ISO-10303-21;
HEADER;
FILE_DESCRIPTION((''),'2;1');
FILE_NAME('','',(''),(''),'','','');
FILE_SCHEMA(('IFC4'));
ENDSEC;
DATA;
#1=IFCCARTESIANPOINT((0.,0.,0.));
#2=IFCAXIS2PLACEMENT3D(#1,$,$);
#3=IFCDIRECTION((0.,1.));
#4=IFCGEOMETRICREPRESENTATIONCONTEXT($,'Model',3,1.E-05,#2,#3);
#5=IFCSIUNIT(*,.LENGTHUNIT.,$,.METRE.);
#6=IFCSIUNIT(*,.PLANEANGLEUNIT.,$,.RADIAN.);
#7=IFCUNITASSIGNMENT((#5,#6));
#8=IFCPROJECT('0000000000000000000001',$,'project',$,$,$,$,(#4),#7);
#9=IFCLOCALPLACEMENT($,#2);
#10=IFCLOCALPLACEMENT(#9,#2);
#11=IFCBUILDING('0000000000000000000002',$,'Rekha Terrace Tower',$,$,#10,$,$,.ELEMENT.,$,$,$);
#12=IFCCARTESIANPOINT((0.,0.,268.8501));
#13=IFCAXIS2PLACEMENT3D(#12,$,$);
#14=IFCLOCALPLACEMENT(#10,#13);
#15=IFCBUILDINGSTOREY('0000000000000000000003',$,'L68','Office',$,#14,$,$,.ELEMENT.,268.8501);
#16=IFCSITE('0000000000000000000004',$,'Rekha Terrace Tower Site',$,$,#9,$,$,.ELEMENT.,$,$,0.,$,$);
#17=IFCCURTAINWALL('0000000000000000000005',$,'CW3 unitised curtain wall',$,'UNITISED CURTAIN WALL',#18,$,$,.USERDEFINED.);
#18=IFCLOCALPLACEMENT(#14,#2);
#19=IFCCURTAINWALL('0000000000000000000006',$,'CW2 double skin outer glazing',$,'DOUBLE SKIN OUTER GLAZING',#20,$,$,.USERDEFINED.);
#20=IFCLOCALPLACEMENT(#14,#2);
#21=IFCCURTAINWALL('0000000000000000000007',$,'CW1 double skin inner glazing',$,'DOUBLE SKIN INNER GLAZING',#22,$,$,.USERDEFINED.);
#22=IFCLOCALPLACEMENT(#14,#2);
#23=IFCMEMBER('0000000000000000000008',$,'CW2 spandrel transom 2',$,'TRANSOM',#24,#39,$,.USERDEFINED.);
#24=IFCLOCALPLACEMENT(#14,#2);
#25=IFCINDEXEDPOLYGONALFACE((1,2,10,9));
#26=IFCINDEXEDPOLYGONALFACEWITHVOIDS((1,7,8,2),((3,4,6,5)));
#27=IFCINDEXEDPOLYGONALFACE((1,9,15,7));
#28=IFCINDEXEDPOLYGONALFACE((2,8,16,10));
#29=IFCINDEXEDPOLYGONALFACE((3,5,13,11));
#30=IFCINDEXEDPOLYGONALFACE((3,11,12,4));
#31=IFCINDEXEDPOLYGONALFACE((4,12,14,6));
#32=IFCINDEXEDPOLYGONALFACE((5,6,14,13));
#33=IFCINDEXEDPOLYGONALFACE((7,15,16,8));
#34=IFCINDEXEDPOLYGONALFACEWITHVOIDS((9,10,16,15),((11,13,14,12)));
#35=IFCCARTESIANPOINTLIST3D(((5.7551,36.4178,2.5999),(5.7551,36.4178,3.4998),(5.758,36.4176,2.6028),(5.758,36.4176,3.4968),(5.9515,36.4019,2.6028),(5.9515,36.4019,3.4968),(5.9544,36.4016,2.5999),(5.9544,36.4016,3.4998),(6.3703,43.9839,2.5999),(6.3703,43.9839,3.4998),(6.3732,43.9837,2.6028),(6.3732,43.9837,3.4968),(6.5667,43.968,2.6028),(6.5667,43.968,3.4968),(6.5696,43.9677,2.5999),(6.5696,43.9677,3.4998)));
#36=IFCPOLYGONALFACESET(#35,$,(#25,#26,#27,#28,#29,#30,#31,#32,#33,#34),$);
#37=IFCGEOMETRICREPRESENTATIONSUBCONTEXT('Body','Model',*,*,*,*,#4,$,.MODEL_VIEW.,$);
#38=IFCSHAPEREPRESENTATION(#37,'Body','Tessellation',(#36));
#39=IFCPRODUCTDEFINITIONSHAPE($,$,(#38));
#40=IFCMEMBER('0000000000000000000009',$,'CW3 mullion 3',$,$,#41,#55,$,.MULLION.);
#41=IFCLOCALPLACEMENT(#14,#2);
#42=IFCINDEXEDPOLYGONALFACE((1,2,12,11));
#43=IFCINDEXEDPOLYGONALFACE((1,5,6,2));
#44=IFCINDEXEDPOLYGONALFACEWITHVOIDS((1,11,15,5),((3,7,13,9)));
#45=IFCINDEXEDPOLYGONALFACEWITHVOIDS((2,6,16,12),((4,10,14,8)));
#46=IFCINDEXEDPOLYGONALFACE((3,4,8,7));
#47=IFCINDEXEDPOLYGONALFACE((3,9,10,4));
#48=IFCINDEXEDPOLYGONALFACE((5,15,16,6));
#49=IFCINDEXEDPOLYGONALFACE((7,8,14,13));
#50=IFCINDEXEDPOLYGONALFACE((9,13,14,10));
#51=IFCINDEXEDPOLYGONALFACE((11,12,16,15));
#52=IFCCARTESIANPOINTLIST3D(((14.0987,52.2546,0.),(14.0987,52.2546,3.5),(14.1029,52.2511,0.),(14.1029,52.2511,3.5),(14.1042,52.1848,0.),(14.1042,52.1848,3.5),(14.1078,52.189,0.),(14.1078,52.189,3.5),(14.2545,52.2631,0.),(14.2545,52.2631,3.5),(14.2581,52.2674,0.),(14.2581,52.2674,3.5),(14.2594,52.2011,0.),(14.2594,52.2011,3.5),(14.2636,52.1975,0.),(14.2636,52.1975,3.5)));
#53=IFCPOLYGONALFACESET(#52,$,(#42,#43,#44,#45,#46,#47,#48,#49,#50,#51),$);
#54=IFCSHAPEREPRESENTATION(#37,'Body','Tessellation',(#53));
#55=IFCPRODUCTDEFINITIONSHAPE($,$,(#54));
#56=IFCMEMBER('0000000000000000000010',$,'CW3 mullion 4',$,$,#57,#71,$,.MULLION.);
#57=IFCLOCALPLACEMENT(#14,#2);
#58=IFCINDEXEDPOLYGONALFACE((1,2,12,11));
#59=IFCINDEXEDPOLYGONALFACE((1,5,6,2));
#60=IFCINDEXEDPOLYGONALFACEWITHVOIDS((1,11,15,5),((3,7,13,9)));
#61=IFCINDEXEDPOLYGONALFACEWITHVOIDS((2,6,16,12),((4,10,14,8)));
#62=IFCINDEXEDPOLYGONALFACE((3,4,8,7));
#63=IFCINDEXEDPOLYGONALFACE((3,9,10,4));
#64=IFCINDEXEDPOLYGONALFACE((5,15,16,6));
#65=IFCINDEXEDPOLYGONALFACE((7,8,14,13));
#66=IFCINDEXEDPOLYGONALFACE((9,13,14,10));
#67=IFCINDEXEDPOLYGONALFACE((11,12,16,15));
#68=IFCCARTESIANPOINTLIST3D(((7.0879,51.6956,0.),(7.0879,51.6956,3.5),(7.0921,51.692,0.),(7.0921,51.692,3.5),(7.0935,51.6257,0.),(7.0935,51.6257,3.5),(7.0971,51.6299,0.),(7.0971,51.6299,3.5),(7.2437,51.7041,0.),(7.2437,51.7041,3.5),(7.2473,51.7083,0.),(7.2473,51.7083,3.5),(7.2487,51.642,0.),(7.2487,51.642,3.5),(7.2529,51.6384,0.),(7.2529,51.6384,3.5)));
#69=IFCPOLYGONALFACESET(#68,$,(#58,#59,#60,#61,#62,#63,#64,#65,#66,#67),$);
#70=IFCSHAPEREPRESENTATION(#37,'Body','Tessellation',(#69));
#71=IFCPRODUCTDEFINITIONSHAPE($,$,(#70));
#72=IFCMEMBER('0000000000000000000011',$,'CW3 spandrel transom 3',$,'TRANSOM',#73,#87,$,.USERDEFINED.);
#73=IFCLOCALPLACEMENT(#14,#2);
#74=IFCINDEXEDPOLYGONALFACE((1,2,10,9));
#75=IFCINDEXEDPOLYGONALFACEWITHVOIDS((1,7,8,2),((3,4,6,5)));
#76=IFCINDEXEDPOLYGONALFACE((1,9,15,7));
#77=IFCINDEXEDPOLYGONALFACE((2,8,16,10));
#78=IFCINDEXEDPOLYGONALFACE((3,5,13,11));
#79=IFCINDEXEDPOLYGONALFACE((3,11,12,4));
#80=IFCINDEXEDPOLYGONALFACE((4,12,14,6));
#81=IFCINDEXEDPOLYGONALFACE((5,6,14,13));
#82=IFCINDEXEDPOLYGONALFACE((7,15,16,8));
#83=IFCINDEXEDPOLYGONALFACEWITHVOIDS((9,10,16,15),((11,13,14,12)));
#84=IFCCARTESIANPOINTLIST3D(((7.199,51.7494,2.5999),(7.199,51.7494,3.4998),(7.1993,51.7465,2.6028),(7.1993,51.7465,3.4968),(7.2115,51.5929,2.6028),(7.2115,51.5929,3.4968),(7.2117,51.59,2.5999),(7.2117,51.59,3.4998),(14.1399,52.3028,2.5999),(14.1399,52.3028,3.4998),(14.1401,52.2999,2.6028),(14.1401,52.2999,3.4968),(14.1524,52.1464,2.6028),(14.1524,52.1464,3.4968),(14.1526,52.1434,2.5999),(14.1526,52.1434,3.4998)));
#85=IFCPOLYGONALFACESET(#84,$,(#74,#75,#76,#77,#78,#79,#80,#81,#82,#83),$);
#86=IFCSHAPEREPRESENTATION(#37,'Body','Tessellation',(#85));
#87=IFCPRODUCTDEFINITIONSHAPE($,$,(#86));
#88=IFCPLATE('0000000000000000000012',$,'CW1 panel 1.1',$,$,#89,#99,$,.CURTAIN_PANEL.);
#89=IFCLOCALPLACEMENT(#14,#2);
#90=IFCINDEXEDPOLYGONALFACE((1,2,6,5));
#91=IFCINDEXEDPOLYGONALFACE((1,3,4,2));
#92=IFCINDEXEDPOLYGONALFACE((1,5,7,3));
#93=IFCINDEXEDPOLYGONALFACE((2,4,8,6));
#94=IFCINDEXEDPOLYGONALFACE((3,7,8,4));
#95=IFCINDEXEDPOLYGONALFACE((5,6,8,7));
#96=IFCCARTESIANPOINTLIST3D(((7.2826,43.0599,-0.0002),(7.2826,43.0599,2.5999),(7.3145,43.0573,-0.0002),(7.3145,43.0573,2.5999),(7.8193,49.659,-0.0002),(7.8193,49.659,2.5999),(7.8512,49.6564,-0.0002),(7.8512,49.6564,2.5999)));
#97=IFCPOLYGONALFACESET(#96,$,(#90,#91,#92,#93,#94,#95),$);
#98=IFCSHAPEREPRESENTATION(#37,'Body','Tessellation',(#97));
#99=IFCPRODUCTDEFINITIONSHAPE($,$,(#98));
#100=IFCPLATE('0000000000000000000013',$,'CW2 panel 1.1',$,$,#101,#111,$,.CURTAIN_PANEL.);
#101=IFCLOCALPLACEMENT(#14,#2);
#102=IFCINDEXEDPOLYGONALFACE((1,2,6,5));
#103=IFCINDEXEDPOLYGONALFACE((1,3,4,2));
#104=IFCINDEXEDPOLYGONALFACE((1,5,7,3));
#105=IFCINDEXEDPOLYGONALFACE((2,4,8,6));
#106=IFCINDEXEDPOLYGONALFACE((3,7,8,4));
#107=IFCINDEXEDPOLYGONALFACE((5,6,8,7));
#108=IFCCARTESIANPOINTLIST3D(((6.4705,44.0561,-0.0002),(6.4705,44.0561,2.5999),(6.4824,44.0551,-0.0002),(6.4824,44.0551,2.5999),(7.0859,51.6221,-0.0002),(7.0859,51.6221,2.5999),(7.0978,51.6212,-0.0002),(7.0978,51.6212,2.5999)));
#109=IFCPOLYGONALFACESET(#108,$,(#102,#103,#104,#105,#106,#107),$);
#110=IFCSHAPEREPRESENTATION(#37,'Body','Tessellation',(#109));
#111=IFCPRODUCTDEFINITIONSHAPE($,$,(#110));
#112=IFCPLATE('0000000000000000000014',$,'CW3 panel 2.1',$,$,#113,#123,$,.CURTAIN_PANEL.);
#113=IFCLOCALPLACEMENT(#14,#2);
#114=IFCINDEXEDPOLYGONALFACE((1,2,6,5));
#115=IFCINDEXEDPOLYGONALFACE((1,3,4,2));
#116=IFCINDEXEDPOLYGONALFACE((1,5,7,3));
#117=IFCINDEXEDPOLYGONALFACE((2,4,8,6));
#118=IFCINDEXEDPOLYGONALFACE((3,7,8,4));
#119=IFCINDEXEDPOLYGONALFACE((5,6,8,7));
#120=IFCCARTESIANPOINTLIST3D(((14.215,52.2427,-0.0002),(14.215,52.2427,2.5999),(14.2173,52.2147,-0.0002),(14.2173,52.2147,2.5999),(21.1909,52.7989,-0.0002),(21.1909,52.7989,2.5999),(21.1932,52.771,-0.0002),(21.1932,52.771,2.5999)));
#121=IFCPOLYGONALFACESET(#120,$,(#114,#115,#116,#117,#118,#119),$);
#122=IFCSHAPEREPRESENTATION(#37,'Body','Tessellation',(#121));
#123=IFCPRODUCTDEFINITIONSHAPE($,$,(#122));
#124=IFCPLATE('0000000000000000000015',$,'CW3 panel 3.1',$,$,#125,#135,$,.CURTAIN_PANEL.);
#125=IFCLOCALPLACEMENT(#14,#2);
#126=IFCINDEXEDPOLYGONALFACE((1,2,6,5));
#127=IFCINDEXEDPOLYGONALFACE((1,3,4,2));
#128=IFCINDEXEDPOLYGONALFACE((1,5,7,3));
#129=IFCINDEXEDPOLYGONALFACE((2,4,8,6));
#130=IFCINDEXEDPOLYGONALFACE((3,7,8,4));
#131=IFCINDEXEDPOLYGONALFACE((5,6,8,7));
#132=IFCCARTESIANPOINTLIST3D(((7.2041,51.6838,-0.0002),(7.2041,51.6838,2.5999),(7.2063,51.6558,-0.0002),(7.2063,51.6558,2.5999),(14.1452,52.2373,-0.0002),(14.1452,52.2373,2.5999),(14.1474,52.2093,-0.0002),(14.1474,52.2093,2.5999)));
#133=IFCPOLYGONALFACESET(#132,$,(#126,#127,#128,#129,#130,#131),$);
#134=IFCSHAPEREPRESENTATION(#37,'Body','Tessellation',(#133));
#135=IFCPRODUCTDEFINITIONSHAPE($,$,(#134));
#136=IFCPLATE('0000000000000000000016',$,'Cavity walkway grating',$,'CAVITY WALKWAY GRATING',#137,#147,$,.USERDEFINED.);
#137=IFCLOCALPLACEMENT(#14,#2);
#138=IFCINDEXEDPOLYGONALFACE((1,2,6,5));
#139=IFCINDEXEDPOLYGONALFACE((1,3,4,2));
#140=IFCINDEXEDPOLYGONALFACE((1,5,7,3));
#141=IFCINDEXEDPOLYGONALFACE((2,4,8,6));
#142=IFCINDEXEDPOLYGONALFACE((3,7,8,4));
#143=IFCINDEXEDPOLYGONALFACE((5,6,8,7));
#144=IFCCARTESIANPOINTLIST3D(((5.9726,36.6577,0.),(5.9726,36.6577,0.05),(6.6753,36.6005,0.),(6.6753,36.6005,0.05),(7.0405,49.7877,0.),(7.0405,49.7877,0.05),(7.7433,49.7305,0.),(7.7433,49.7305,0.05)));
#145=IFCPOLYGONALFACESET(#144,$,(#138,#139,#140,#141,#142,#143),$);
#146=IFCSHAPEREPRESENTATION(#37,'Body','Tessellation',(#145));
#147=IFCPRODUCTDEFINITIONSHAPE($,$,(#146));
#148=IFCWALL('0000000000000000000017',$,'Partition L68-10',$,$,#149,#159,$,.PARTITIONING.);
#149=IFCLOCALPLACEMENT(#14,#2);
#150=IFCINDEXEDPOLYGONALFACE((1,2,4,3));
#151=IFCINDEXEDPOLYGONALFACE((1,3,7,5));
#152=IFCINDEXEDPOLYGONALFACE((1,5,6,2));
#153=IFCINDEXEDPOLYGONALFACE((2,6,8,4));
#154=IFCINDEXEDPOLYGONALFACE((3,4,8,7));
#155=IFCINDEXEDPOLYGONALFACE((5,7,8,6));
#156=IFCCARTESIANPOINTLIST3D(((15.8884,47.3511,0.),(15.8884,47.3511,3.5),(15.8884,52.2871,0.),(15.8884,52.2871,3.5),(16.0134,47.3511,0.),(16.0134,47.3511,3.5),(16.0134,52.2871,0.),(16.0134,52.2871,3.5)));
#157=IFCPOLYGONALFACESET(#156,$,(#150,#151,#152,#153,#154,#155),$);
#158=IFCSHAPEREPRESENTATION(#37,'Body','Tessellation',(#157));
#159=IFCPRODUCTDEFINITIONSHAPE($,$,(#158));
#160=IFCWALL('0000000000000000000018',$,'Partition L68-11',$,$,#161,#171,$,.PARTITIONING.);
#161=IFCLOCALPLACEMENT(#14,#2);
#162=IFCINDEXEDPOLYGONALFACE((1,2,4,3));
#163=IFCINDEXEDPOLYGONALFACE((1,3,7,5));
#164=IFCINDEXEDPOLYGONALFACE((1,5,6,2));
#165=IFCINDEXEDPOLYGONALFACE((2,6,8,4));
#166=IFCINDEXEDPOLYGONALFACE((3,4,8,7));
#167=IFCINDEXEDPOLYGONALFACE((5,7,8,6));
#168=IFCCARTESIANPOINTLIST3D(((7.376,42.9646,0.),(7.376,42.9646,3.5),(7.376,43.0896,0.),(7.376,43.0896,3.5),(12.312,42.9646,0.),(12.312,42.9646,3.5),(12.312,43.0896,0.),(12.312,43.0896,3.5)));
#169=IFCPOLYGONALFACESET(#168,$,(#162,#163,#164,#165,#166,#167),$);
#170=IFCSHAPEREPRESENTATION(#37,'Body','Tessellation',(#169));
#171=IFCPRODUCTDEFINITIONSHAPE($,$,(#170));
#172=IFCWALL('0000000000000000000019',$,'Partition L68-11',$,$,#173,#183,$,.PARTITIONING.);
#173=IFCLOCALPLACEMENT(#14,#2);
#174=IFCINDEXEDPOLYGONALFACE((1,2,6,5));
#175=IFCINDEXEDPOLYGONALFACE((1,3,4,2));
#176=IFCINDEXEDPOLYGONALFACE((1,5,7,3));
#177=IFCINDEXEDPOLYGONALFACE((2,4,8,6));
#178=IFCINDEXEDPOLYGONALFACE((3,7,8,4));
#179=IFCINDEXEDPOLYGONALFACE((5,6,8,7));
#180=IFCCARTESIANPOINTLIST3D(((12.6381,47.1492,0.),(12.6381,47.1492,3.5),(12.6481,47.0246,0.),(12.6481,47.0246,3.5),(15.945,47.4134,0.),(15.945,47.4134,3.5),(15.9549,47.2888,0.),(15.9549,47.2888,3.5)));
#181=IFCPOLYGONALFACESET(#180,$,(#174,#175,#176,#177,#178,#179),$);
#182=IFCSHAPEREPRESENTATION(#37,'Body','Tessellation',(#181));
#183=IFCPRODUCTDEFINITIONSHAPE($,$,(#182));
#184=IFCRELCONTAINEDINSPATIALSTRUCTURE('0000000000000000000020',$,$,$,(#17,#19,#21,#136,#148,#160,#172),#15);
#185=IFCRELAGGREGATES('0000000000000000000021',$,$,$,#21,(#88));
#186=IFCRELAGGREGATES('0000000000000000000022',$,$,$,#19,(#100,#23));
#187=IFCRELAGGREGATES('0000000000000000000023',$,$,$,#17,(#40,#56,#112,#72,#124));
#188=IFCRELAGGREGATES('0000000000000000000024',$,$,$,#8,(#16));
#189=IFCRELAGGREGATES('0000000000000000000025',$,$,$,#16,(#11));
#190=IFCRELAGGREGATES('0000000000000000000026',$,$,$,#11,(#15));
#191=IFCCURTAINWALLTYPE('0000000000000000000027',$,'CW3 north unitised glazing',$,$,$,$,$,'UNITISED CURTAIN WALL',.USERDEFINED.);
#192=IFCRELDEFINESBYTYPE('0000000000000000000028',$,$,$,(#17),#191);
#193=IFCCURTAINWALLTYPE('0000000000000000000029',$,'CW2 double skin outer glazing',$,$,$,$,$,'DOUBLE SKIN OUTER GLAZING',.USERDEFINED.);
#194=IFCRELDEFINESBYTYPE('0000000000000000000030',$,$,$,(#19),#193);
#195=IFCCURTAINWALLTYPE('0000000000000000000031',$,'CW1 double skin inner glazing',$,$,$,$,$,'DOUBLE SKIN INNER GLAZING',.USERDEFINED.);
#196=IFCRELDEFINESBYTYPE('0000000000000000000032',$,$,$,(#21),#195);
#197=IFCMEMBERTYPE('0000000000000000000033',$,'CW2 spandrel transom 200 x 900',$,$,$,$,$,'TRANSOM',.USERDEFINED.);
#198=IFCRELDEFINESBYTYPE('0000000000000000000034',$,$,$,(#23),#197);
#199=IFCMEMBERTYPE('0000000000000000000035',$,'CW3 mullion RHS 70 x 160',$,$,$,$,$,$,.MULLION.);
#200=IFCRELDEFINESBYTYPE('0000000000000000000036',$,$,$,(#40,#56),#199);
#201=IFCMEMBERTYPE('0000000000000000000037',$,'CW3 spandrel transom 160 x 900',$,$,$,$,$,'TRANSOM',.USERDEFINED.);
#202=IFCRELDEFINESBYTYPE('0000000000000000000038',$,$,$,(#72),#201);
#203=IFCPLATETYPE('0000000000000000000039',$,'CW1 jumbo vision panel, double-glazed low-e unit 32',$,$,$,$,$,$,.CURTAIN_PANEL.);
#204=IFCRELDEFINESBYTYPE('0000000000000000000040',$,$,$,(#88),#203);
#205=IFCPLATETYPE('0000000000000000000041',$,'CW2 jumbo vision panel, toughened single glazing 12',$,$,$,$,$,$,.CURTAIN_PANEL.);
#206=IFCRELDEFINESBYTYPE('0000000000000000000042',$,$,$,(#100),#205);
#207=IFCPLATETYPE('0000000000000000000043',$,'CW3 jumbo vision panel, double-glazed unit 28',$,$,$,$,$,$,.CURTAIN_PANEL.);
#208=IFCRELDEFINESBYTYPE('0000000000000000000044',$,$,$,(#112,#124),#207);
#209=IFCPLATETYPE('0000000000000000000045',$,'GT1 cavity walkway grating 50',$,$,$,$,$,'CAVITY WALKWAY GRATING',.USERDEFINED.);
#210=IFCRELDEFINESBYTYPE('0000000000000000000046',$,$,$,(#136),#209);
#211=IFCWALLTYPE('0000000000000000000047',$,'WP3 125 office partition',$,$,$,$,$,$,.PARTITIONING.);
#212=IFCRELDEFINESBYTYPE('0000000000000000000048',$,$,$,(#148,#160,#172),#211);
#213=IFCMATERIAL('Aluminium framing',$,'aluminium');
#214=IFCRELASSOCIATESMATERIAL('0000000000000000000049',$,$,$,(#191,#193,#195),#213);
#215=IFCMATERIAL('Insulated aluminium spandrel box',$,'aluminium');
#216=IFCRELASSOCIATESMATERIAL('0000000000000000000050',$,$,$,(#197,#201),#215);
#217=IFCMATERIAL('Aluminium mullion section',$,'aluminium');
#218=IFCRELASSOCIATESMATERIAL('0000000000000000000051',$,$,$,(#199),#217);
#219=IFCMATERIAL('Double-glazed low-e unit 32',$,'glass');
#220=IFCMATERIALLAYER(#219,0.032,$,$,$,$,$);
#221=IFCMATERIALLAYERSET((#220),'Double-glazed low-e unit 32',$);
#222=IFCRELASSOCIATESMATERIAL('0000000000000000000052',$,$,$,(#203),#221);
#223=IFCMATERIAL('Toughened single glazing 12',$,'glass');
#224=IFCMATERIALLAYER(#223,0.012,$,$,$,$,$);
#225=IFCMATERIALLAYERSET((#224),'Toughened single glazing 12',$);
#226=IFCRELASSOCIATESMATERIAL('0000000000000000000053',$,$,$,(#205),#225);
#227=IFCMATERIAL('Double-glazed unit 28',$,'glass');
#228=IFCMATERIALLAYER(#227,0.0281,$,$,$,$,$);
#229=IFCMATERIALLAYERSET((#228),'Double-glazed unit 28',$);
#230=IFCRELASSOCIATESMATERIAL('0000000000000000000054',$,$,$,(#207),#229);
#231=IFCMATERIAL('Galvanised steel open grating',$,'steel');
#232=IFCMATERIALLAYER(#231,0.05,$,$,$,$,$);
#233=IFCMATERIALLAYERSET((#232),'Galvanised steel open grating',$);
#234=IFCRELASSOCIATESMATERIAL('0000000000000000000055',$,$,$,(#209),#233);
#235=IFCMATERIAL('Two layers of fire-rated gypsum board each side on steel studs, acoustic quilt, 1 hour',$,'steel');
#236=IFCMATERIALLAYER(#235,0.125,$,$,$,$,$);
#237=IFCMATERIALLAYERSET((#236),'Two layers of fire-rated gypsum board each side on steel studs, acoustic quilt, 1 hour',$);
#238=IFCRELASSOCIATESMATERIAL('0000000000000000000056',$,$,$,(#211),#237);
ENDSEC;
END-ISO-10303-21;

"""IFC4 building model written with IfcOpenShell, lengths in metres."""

from ifc_helpers import new_model, si_unit, direction, frame, frame_2d, origin, origin_2d, place, context, subcontext, project, spatial, rectangle, hollow_rectangle, extrude, material, layer, layer_set, material_profile, profile_set, type_object, element, aggregate, save


model = new_model("IFC4")

# Units and contexts
model_context = context("Model", 3, precision=1e-05, world=origin(), true_north=direction((0.0, 1.0)))
body_context = subcontext(model_context, "Body", "Model", "MODEL_VIEW")
ifc_project = project(units=[si_unit("LENGTHUNIT", "METRE"), si_unit("PLANEANGLEUNIT", "RADIAN")], contexts=[model_context])

# Site, building, storey
site_placement = place(None, origin())
site = spatial("IfcSite", under=ifc_project, at=site_placement, Name="Rekha Terrace Tower Site", CompositionType="ELEMENT", RefElevation=0.0)
building_placement = place(site_placement, origin())
building = spatial("IfcBuilding", under=site, at=building_placement, Name="Rekha Terrace Tower", CompositionType="ELEMENT")
storey_placement = place(building_placement, frame((0.0, 0.0, 268.8501)))
storey = spatial("IfcBuildingStorey", under=building, at=storey_placement, Name="L68", Description="Office", CompositionType="ELEMENT", Elevation=268.8501)

# Curtain walls
ifc_material_1 = material(Name="Aluminium framing", Category="aluminium")
curtain_wall_type_1 = type_object("IfcCurtainWallType", Name="CW3 north unitised glazing", ElementType="UNITISED CURTAIN WALL", PredefinedType="USERDEFINED", material=ifc_material_1)
curtain_wall_1_placement = place(storey_placement, origin())
curtain_wall_1 = element("IfcCurtainWall", 1, at=curtain_wall_1_placement, inside=storey, type_object=curtain_wall_type_1, Name="CW3 unitised curtain wall", ObjectType="UNITISED CURTAIN WALL", PredefinedType="USERDEFINED")
curtain_wall_type_2 = type_object("IfcCurtainWallType", Name="CW2 double skin outer glazing", ElementType="DOUBLE SKIN OUTER GLAZING", PredefinedType="USERDEFINED", material=ifc_material_1)
curtain_wall_2_placement = place(storey_placement, origin())
curtain_wall_2 = element("IfcCurtainWall", 2, at=curtain_wall_2_placement, inside=storey, type_object=curtain_wall_type_2, Name="CW2 double skin outer glazing", ObjectType="DOUBLE SKIN OUTER GLAZING", PredefinedType="USERDEFINED")

# Curtain wall
curtain_wall_type_3 = type_object("IfcCurtainWallType", Name="CW1 double skin inner glazing", ElementType="DOUBLE SKIN INNER GLAZING", PredefinedType="USERDEFINED", material=ifc_material_1)
curtain_wall_3_placement = place(storey_placement, origin())
curtain_wall_3 = element("IfcCurtainWall", 3, at=curtain_wall_3_placement, inside=storey, type_object=curtain_wall_type_3, Name="CW1 double skin inner glazing", ObjectType="DOUBLE SKIN INNER GLAZING", PredefinedType="USERDEFINED")
ifc_material_2 = material(Name="Aluminium mullion section", Category="aluminium")
ifc_material_3 = material(Name="Insulated aluminium spandrel box", Category="aluminium")

# Members
ifc_material_profile_1 = material_profile(ifc_material_3, hollow_rectangle(XDim=0.2, YDim=0.8999, WallThickness=0.0029, at=origin_2d()), Name="AL SPANDREL BOX 200x900")
ifc_profile_set_1 = profile_set([ifc_material_profile_1], Name="Insulated aluminium spandrel box")
member_type_1 = type_object("IfcMemberType", Name="CW2 spandrel transom 200 x 900", ElementType="TRANSOM", PredefinedType="USERDEFINED", material=ifc_profile_set_1)
member_1_placement = place(storey_placement, frame((6.47, 43.9758, 3.0498), z_axis=(-0.081046, -0.99671, 0.0), x_axis=(0.99671, -0.081046, 0.0)))
member_1 = element("IfcMember", 4, at=member_1_placement, type_object=member_type_1, Name="CW2 spandrel transom 2", ObjectType="TRANSOM", PredefinedType="USERDEFINED", context=body_context, shape_type="SweptSolid", body=[
    extrude(hollow_rectangle(XDim=0.2, YDim=0.8999, WallThickness=0.0029, at=origin_2d()), origin(), (0.0, 0.0, 1.0), 7.5911),
])
ifc_material_profile_2 = material_profile(ifc_material_2, hollow_rectangle(XDim=0.0701, YDim=0.1599, WallThickness=0.0039, at=origin_2d()), Name="AL RHS 70x160")
ifc_profile_set_2 = profile_set([ifc_material_profile_2], Name="Aluminium mullion section")
member_type_2 = type_object("IfcMemberType", Name="CW3 mullion RHS 70 x 160", PredefinedType="MULLION", material=ifc_profile_set_2)
member_2_placement = place(storey_placement, frame((14.1812, 52.2261, 0.0), z_axis=(0.0, 0.0, 1.0), x_axis=(0.079485, -0.996836, 0.0)))
member_2 = element("IfcMember", 5, at=member_2_placement, type_object=member_type_2, Name="CW3 mullion 3", PredefinedType="MULLION", context=body_context, shape_type="SweptSolid", body=[
    extrude(hollow_rectangle(XDim=0.0701, YDim=0.1599, WallThickness=0.0039, at=origin_2d()), origin(), (0.0, 0.0, 1.0), 3.5),
])
member_3_placement = place(storey_placement, frame((7.1704, 51.667, 0.0), z_axis=(0.0, 0.0, 1.0), x_axis=(0.079485, -0.996836, 0.0)))
member_3 = element("IfcMember", 6, at=member_3_placement, type_object=member_type_2, Name="CW3 mullion 4", PredefinedType="MULLION", context=body_context, shape_type="SweptSolid", body=[
    extrude(hollow_rectangle(XDim=0.0701, YDim=0.1599, WallThickness=0.0039, at=origin_2d()), origin(), (0.0, 0.0, 1.0), 3.5),
])
ifc_material_profile_3 = material_profile(ifc_material_3, hollow_rectangle(XDim=0.1599, YDim=0.8999, WallThickness=0.0029, at=origin_2d()), Name="AL SPANDREL BOX 160x900")
ifc_profile_set_3 = profile_set([ifc_material_profile_3], Name="Insulated aluminium spandrel box")
member_type_3 = type_object("IfcMemberType", Name="CW3 spandrel transom 160 x 900", ElementType="TRANSOM", PredefinedType="USERDEFINED", material=ifc_profile_set_3)
member_4_placement = place(storey_placement, frame((14.1462, 52.2231, 3.0498), z_axis=(-0.996836, -0.079487, 0.0), x_axis=(0.079487, -0.996836, 0.0)))
member_4 = element("IfcMember", 7, at=member_4_placement, type_object=member_type_3, Name="CW3 spandrel transom 3", ObjectType="TRANSOM", PredefinedType="USERDEFINED", context=body_context, shape_type="SweptSolid", body=[
    extrude(hollow_rectangle(XDim=0.1599, YDim=0.8999, WallThickness=0.0029, at=origin_2d()), origin(), (0.0, 0.0, 1.0), 6.9629),
])

# Plates
ifc_material_4 = material(Name="Double-glazed low-e unit 32", Category="glass")
ifc_layer_1 = layer(ifc_material_4, 0.032)
ifc_layer_set_1 = layer_set([ifc_layer_1], Name="Double-glazed low-e unit 32")
plate_type_1 = type_object("IfcPlateType", Name="CW1 jumbo vision panel, double-glazed low-e unit 32", PredefinedType="CURTAIN_PANEL", material=ifc_layer_set_1)
plate_1_placement = place(storey_placement, frame((7.5669, 46.3582, -0.0002), z_axis=(0.0, 0.0, 1.0), x_axis=(-0.081068, -0.996709, 0.0)))
plate_1 = element("IfcPlate", 8, at=plate_1_placement, type_object=plate_type_1, Name="CW1 panel 1.1", PredefinedType="CURTAIN_PANEL", context=body_context, shape_type="SweptSolid", body=[
    extrude(rectangle(XDim=6.6208, YDim=0.032, at=origin_2d()), origin(), (0.0, 0.0, 1.0), 2.6001),
])
aggregate(curtain_wall_3, [plate_1])
ifc_material_5 = material(Name="Toughened single glazing 12", Category="glass")
ifc_layer_2 = layer(ifc_material_5, 0.012)
ifc_layer_set_2 = layer_set([ifc_layer_2], Name="Toughened single glazing 12")
plate_type_2 = type_object("IfcPlateType", Name="CW2 jumbo vision panel, toughened single glazing 12", PredefinedType="CURTAIN_PANEL", material=ifc_layer_set_2)
plate_2_placement = place(storey_placement, frame((6.7842, 47.8386, -0.0002), z_axis=(0.0, 0.0, 1.0), x_axis=(-0.081068, -0.996709, 0.0)))
plate_2 = element("IfcPlate", 9, at=plate_2_placement, type_object=plate_type_2, Name="CW2 panel 1.1", PredefinedType="CURTAIN_PANEL", context=body_context, shape_type="SweptSolid", body=[
    extrude(rectangle(XDim=7.5911, YDim=0.012, at=origin_2d()), origin(), (0.0, 0.0, 1.0), 2.6001),
])
aggregate(curtain_wall_2, [plate_2, member_1])
ifc_material_6 = material(Name="Double-glazed unit 28", Category="glass")
ifc_layer_3 = layer(ifc_material_6, 0.0281)
ifc_layer_set_3 = layer_set([ifc_layer_3], Name="Double-glazed unit 28")
plate_type_3 = type_object("IfcPlateType", Name="CW3 jumbo vision panel, double-glazed unit 28", PredefinedType="CURTAIN_PANEL", material=ifc_layer_set_3)
plate_3_placement = place(storey_placement, frame((17.7041, 52.5068, -0.0002), z_axis=(0.0, 0.0, 1.0), x_axis=(-0.996836, -0.079485, 0.0)))
plate_3 = element("IfcPlate", 10, at=plate_3_placement, type_object=plate_type_3, Name="CW3 panel 2.1", PredefinedType="CURTAIN_PANEL", context=body_context, shape_type="SweptSolid", body=[
    extrude(rectangle(XDim=6.998, YDim=0.0281, at=origin_2d()), origin(), (0.0, 0.0, 1.0), 2.6001),
])
plate_4_placement = place(storey_placement, frame((10.6758, 51.9465, -0.0002), z_axis=(0.0, 0.0, 1.0), x_axis=(-0.996836, -0.079485, 0.0)))
plate_4 = element("IfcPlate", 11, at=plate_4_placement, type_object=plate_type_3, Name="CW3 panel 3.1", PredefinedType="CURTAIN_PANEL", context=body_context, shape_type="SweptSolid", body=[
    extrude(rectangle(XDim=6.9631, YDim=0.0281, at=origin_2d()), origin(), (0.0, 0.0, 1.0), 2.6001),
])
aggregate(curtain_wall_1, [member_2, member_3, plate_3, member_4, plate_4])
ifc_material_7 = material(Name="Galvanised steel open grating", Category="steel")
ifc_layer_4 = layer(ifc_material_7, 0.05)
ifc_layer_set_4 = layer_set([ifc_layer_4], Name="Galvanised steel open grating")
plate_type_4 = type_object("IfcPlateType", Name="GT1 cavity walkway grating 50", ElementType="CAVITY WALKWAY GRATING", PredefinedType="USERDEFINED", material=ifc_layer_set_4)
plate_5_placement = place(storey_placement, frame((6.8579, 43.1941, 0.0), z_axis=(0.0, 0.0, 1.0), x_axis=(-0.081068, -0.996709, 0.0)))
element("IfcPlate", 12, at=plate_5_placement, inside=storey, type_object=plate_type_4, Name="Cavity walkway grating", ObjectType="CAVITY WALKWAY GRATING", PredefinedType="USERDEFINED", context=body_context, shape_type="SweptSolid", body=[
    extrude(rectangle(XDim=13.1733, YDim=0.7051, at=origin_2d()), origin(), (0.0, 0.0, 1.0), 0.05),
])

# Walls
ifc_material_8 = material(Name="Two layers of fire-rated gypsum board each side on steel studs, acoustic quilt, 1 hour", Category="steel")
ifc_layer_5 = layer(ifc_material_8, 0.125)
ifc_layer_set_5 = layer_set([ifc_layer_5], Name="Two layers of fire-rated gypsum board each side on steel studs, acoustic quilt, 1 hour")
wall_type = type_object("IfcWallType", Name="WP3 125 office partition", PredefinedType="PARTITIONING", material=ifc_layer_set_5)
for number, where, z_axis, x_axis, name in (
    (13, (15.9509, 47.3511, 0.0), (0.0, 0.0, 1.0), (0.0, 1.0, 0.0), "Partition L68-10"),
    (14, (12.312, 43.0271, 0.0), (0.0, 0.0, 1.0), (-1.0, 0.0, 0.0), "Partition L68-11"),
):
    element("IfcWall", number, at=place(storey_placement, frame(where, z_axis=z_axis, x_axis=x_axis)), inside=storey, type_object=wall_type, Name=name, PredefinedType="PARTITIONING", context=body_context, shape_type="SweptSolid", body=[
        extrude(rectangle(XDim=4.936, YDim=0.125, at=frame_2d((2.468, 0.0))), origin(), (0.0, 0.0, 1.0), 3.5),
    ])
wall_1_placement = place(storey_placement, frame((15.95, 47.3511, 0.0), z_axis=(0.0, 0.0, 1.0), x_axis=(-0.996825, -0.079628, 0.0)))
element("IfcWall", 15, at=wall_1_placement, inside=storey, type_object=wall_type, Name="Partition L68-11", PredefinedType="PARTITIONING", context=body_context, shape_type="SweptSolid", body=[
    extrude(rectangle(XDim=3.3174, YDim=0.125, at=frame_2d((1.6587, 0.0))), origin(), (0.0, 0.0, 1.0), 3.5),
])

save(model, "model.ifc")
